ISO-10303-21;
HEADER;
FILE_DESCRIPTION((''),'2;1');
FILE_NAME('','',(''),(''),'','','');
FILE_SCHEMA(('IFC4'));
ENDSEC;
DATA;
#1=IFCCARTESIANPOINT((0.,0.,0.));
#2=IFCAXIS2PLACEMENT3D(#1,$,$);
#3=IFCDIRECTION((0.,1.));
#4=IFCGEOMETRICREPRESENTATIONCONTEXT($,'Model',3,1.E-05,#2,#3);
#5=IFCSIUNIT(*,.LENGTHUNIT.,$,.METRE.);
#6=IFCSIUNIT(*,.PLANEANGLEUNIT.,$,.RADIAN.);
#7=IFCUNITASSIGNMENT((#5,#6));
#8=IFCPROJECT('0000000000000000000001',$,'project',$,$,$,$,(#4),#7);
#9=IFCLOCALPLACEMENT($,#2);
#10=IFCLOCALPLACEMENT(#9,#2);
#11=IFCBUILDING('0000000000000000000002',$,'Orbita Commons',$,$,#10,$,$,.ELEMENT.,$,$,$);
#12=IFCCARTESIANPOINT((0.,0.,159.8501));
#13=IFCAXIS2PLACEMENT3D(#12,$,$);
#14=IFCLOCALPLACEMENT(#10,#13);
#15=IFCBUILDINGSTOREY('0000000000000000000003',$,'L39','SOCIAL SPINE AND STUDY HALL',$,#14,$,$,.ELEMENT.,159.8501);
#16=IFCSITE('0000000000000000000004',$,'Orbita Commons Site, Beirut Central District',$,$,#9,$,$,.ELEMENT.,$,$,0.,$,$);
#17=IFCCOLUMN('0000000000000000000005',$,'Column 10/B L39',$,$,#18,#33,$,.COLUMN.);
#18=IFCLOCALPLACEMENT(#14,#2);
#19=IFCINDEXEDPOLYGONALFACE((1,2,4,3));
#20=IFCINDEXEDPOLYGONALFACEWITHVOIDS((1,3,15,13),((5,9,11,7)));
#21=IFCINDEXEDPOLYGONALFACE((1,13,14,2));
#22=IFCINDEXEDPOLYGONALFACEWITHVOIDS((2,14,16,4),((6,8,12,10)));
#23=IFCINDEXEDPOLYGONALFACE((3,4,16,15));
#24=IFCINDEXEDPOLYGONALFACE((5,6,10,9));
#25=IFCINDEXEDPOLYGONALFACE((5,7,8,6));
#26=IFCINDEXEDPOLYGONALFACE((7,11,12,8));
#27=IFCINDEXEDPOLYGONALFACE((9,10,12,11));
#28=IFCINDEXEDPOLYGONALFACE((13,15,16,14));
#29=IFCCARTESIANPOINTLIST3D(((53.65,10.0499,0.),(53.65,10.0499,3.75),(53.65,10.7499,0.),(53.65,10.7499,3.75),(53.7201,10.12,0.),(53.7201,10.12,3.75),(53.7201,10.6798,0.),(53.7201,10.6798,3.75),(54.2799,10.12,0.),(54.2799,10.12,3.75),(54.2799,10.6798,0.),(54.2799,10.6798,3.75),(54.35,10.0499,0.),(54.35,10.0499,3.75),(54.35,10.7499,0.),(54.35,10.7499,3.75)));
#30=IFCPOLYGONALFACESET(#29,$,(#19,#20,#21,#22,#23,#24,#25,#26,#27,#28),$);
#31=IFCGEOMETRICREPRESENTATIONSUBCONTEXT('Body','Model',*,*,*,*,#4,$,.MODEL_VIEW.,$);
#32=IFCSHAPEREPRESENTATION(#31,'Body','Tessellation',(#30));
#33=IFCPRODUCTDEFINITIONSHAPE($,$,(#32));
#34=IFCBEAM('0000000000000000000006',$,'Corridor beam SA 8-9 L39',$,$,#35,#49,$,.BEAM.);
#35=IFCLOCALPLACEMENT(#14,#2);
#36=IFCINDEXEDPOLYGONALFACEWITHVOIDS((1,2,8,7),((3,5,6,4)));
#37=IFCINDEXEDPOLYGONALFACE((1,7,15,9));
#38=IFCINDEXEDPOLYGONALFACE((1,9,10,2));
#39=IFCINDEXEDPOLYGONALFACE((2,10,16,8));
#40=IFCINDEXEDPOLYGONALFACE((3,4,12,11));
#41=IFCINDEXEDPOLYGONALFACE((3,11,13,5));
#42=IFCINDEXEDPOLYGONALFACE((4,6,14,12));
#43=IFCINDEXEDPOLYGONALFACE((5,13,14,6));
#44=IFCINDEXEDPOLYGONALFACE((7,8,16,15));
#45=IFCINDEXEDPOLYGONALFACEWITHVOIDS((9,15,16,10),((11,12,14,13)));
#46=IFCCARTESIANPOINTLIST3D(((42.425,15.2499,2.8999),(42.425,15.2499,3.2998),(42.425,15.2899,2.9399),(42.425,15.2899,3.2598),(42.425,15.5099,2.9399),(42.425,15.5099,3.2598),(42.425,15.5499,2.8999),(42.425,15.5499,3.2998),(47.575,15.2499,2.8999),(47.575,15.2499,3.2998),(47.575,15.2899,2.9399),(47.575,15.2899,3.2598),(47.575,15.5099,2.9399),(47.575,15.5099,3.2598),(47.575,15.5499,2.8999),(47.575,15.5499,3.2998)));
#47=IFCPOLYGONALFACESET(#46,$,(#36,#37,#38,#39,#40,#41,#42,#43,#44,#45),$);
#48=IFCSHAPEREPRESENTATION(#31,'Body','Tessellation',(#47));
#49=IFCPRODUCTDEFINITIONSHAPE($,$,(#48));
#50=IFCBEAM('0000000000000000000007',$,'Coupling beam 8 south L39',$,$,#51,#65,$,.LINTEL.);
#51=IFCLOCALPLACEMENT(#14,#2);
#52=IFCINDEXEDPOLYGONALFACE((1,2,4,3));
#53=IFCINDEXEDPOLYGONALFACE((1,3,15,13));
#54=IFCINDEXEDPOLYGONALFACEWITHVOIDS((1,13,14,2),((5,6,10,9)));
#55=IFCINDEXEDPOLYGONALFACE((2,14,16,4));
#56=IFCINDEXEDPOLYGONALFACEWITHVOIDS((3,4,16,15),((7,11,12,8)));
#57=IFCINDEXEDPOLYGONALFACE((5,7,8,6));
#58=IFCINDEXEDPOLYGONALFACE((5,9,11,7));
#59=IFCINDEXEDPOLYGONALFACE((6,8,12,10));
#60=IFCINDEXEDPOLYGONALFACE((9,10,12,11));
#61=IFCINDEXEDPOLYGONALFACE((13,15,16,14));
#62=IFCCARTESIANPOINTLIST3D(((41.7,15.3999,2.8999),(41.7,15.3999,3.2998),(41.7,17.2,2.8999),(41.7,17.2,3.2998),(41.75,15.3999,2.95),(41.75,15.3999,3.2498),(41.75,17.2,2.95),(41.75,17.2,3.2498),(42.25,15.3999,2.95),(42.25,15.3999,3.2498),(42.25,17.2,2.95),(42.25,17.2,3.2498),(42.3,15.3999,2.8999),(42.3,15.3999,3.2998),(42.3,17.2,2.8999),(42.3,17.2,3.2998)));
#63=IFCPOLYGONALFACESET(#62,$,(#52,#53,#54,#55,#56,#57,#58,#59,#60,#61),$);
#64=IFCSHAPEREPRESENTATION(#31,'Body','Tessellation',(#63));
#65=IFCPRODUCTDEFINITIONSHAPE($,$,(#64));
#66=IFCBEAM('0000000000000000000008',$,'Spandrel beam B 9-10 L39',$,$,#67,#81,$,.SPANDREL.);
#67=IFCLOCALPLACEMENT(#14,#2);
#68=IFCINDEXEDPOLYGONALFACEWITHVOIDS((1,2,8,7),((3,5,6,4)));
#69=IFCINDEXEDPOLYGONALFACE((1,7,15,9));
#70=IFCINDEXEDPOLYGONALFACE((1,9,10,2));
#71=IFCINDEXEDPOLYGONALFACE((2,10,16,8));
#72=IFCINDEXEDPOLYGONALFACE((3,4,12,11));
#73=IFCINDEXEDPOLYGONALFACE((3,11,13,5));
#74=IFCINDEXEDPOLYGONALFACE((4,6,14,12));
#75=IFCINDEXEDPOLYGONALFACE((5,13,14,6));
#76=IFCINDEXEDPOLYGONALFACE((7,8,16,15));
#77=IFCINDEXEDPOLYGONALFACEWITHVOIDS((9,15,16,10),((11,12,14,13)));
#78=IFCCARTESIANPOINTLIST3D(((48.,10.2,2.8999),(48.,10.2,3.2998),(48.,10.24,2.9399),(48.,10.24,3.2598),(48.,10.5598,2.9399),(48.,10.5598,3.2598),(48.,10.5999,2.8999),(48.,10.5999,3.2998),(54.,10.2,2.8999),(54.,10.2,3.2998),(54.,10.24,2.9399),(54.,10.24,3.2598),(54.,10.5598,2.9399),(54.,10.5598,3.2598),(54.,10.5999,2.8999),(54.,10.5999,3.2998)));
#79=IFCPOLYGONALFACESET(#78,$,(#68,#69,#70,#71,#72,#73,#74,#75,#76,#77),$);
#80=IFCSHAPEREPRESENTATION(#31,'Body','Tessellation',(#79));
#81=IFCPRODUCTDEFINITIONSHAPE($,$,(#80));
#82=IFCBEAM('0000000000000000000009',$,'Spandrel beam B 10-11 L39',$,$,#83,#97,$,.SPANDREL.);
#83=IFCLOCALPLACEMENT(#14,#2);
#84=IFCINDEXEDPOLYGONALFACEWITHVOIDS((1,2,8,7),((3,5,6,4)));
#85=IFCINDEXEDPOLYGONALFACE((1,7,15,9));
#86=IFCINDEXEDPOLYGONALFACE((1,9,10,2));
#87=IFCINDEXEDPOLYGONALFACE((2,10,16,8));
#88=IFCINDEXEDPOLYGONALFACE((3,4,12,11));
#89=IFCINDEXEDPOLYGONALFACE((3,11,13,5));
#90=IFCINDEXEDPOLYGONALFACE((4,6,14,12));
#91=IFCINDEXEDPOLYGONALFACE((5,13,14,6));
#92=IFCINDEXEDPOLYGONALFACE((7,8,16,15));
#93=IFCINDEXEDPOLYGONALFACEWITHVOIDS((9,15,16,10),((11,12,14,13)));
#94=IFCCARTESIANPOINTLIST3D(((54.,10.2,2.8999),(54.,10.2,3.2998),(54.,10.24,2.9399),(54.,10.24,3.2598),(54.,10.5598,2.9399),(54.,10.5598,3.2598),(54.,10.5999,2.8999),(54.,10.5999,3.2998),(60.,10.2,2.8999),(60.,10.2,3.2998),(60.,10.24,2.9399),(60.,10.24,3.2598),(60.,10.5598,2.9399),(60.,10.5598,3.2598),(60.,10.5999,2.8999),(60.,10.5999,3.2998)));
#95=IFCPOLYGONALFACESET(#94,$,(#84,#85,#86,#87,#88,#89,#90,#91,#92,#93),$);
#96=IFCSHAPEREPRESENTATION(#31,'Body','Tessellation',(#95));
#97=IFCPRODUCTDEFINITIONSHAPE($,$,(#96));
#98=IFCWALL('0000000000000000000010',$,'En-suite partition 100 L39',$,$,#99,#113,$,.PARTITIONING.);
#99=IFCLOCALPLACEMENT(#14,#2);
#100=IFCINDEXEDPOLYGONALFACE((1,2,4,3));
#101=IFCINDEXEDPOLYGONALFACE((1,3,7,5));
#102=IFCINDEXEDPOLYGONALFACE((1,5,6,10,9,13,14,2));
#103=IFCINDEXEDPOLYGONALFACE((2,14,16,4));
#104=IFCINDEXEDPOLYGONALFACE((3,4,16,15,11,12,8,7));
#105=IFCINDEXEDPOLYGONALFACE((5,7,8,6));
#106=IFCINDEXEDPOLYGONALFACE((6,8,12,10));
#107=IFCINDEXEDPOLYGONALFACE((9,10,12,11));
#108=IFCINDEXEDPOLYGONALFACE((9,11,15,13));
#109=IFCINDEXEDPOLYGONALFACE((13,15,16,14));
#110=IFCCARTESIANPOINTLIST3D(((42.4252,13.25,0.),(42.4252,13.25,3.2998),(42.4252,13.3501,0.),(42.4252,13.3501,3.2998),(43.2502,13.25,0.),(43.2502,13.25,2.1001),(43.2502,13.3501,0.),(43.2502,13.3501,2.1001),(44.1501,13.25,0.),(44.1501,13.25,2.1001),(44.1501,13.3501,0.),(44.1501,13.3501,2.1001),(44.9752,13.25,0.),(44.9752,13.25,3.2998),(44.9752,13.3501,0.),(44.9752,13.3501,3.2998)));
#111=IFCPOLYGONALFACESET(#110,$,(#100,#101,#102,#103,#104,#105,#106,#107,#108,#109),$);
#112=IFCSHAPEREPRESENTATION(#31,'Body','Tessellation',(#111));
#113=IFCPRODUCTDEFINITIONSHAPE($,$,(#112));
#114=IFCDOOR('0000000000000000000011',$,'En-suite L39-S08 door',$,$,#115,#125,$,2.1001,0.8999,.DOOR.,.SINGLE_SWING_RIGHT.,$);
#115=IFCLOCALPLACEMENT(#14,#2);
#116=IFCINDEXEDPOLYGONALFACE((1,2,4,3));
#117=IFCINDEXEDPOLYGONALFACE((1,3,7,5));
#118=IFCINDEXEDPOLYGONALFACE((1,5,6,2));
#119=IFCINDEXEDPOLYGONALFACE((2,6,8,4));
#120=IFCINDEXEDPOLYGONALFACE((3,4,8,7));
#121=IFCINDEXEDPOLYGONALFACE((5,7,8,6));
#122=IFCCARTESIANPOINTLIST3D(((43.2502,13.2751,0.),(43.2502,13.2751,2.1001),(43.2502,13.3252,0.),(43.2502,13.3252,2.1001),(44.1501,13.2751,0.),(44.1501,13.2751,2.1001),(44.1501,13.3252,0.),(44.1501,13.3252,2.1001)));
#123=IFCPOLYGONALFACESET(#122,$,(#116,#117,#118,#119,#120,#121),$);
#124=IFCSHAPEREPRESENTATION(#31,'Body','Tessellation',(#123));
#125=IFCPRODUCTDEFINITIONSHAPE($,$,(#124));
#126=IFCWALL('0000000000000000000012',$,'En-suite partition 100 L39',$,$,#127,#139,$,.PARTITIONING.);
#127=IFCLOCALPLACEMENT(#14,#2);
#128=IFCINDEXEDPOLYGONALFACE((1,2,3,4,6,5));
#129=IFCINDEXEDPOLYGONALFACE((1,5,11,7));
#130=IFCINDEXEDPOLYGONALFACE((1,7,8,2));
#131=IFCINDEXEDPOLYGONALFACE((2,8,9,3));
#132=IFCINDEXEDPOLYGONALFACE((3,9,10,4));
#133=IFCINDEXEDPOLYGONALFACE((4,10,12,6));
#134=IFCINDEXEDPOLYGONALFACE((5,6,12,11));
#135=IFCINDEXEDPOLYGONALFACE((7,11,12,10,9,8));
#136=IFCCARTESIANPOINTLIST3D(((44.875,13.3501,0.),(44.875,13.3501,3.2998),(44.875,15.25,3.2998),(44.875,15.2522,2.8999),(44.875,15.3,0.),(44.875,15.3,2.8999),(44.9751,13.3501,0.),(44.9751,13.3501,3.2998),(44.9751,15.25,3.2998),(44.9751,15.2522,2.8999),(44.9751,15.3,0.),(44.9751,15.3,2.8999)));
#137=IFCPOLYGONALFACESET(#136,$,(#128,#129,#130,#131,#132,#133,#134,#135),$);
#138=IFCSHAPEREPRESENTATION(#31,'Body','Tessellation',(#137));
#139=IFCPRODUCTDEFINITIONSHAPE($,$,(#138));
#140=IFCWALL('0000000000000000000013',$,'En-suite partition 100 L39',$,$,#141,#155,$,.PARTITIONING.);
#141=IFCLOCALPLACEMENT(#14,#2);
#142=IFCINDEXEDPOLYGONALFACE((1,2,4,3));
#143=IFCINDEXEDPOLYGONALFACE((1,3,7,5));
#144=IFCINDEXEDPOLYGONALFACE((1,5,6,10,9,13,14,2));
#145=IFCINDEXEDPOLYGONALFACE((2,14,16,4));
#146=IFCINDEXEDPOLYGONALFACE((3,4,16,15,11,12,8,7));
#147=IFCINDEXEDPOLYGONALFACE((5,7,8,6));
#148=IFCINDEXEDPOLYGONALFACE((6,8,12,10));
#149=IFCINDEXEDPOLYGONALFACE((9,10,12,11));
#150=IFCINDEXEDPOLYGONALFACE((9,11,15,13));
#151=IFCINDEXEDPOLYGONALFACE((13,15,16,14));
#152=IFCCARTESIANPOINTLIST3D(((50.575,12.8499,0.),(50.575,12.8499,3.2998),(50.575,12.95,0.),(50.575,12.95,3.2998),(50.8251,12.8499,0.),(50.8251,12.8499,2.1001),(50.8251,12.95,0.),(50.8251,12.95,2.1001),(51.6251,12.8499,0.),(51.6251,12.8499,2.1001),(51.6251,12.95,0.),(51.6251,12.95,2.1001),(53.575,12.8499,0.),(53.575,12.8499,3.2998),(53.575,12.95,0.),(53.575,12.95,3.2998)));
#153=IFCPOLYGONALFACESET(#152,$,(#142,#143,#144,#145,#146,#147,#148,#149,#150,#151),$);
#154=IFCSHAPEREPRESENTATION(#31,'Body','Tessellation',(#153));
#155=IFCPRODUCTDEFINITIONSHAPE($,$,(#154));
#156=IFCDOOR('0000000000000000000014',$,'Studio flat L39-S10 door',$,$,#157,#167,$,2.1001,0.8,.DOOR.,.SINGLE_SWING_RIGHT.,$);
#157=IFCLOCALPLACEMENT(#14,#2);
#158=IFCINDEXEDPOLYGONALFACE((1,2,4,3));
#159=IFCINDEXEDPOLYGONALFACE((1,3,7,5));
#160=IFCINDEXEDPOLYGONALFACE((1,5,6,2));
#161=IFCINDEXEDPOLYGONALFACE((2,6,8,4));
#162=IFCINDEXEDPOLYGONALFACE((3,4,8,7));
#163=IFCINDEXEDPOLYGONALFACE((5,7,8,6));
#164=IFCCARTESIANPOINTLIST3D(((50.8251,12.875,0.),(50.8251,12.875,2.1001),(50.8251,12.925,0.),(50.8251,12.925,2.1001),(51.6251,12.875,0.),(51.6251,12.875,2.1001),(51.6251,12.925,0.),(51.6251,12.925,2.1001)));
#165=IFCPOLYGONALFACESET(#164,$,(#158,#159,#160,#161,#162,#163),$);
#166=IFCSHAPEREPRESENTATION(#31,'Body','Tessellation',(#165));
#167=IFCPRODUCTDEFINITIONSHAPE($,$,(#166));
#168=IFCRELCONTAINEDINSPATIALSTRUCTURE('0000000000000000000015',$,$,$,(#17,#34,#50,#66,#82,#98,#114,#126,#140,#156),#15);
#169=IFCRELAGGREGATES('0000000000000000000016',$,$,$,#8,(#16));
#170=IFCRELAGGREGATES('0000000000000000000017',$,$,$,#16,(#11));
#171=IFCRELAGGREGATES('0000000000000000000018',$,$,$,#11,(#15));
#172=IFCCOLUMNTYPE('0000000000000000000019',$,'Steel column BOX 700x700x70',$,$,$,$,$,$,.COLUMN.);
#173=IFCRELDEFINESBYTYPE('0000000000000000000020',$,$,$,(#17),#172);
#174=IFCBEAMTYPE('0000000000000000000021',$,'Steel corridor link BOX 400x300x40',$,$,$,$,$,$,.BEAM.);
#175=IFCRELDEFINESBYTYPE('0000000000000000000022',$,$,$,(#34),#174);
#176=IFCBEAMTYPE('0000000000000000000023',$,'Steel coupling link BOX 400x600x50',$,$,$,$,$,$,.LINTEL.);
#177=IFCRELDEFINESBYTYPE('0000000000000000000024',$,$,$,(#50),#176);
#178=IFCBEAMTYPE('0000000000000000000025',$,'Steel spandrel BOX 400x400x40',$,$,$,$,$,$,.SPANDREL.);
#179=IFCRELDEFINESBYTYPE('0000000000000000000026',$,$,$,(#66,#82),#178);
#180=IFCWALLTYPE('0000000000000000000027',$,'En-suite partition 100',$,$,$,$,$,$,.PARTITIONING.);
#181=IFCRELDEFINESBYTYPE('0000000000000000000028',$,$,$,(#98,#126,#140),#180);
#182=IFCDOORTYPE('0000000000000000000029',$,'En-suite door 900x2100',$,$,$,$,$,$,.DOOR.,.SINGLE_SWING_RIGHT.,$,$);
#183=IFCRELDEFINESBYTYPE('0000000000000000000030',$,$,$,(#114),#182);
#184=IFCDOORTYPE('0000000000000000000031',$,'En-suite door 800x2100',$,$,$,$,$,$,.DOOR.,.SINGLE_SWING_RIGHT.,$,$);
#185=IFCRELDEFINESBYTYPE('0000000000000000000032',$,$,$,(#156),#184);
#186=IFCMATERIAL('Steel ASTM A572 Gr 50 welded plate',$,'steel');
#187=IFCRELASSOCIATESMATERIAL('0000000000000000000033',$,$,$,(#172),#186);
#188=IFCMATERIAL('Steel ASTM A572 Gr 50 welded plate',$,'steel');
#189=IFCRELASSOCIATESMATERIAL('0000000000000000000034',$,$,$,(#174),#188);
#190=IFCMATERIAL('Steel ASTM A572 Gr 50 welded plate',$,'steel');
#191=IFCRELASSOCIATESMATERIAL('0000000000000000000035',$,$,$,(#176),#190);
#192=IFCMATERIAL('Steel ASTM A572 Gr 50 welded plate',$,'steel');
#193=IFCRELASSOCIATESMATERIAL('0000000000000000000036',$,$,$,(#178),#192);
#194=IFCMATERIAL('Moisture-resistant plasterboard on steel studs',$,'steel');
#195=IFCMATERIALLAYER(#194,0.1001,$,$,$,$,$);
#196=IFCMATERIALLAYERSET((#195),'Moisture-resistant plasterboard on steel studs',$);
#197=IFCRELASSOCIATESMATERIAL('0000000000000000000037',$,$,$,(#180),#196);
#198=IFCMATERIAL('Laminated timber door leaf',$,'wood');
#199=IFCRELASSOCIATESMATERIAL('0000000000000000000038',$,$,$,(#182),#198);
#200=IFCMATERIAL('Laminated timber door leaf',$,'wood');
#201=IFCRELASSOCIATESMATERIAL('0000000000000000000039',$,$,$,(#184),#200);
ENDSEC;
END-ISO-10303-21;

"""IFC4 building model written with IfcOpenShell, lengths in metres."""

from ifc_helpers import new_model, si_unit, direction, frame, frame_2d, origin, origin_2d, place, context, subcontext, project, spatial, polyline, rectangle, hollow_rectangle, outline, extrude, material, layer, layer_set, material_profile, profile_set, type_object, element, fill, save


model = new_model("IFC4")

# Units and contexts
model_context = context("Model", 3, precision=1e-05, world=origin(), true_north=direction((0.0, 1.0)))
body_context = subcontext(model_context, "Body", "Model", "MODEL_VIEW")
ifc_project = project(units=[si_unit("LENGTHUNIT", "METRE"), si_unit("PLANEANGLEUNIT", "RADIAN")], contexts=[model_context])

# Site, building, storey
site_placement = place(None, origin())
site = spatial("IfcSite", under=ifc_project, at=site_placement, Name="Orbita Commons Site, Beirut Central District", CompositionType="ELEMENT", RefElevation=0.0)
building_placement = place(site_placement, origin())
building = spatial("IfcBuilding", under=site, at=building_placement, Name="Orbita Commons", CompositionType="ELEMENT")
storey_placement = place(building_placement, frame((0.0, 0.0, 159.8501)))
storey = spatial("IfcBuildingStorey", under=building, at=storey_placement, Name="L39", Description="SOCIAL SPINE AND STUDY HALL", CompositionType="ELEMENT", Elevation=159.8501)

# Column
ifc_material_1 = material(Name="Steel ASTM A572 Gr 50 welded plate", Category="steel")
ifc_material_profile_1 = material_profile(ifc_material_1, hollow_rectangle(XDim=0.7, YDim=0.7, WallThickness=0.0701, at=origin_2d()), Name="BOX 700x700x70")
ifc_profile_set_1 = profile_set([ifc_material_profile_1], Name="Steel ASTM A572 Gr 50 welded plate")
column_type = type_object("IfcColumnType", Name="Steel column BOX 700x700x70", PredefinedType="COLUMN", material=ifc_profile_set_1)
column_placement = place(storey_placement, frame((54.0, 10.3999, 0.0), z_axis=(0.0, 0.0, 1.0), x_axis=(1.0, 0.0, 0.0)))
element("IfcColumn", 1, at=column_placement, inside=storey, type_object=column_type, Name="Column 10/B L39", PredefinedType="COLUMN", context=body_context, shape_type="SweptSolid", body=[
    extrude(hollow_rectangle(XDim=0.7, YDim=0.7, WallThickness=0.0701, at=origin_2d()), origin(), (0.0, 0.0, 1.0), 3.75),
])

# Beams
ifc_material_2 = material(Name="Steel ASTM A572 Gr 50 welded plate", Category="steel")
ifc_material_profile_2 = material_profile(ifc_material_2, hollow_rectangle(XDim=0.3, YDim=0.3999, WallThickness=0.04, at=origin_2d()), Name="BOX 400x300x40")
ifc_profile_set_2 = profile_set([ifc_material_profile_2], Name="Steel ASTM A572 Gr 50 welded plate")
beam_type_1 = type_object("IfcBeamType", Name="Steel corridor link BOX 400x300x40", PredefinedType="BEAM", material=ifc_profile_set_2)
beam_1_placement = place(storey_placement, frame((42.425, 15.3999, 3.0999), z_axis=(1.0, 0.0, 0.0), x_axis=(0.0, 1.0, 0.0)))
element("IfcBeam", 2, at=beam_1_placement, inside=storey, type_object=beam_type_1, Name="Corridor beam SA 8-9 L39", PredefinedType="BEAM", context=body_context, shape_type="SweptSolid", body=[
    extrude(hollow_rectangle(XDim=0.3, YDim=0.3999, WallThickness=0.04, at=origin_2d()), origin(), (0.0, 0.0, 1.0), 5.1499),
])
ifc_material_3 = material(Name="Steel ASTM A572 Gr 50 welded plate", Category="steel")
ifc_material_profile_3 = material_profile(ifc_material_3, hollow_rectangle(XDim=0.6001, YDim=0.3999, WallThickness=0.05, at=origin_2d()), Name="BOX 400x600x50")
ifc_profile_set_3 = profile_set([ifc_material_profile_3], Name="Steel ASTM A572 Gr 50 welded plate")
beam_type_2 = type_object("IfcBeamType", Name="Steel coupling link BOX 400x600x50", PredefinedType="LINTEL", material=ifc_profile_set_3)
beam_2_placement = place(storey_placement, frame((42.0, 15.3999, 3.0999), z_axis=(0.0, 1.0, 0.0), x_axis=(-1.0, 0.0, 0.0)))
element("IfcBeam", 3, at=beam_2_placement, inside=storey, type_object=beam_type_2, Name="Coupling beam 8 south L39", PredefinedType="LINTEL", context=body_context, shape_type="SweptSolid", body=[
    extrude(hollow_rectangle(XDim=0.6001, YDim=0.3999, WallThickness=0.05, at=origin_2d()), origin(), (0.0, 0.0, 1.0), 1.8),
])
ifc_material_4 = material(Name="Steel ASTM A572 Gr 50 welded plate", Category="steel")
ifc_material_profile_4 = material_profile(ifc_material_4, hollow_rectangle(XDim=0.3999, YDim=0.3999, WallThickness=0.04, at=origin_2d()), Name="BOX 400x400x40")
ifc_profile_set_4 = profile_set([ifc_material_profile_4], Name="Steel ASTM A572 Gr 50 welded plate")
beam_type_3 = type_object("IfcBeamType", Name="Steel spandrel BOX 400x400x40", PredefinedType="SPANDREL", material=ifc_profile_set_4)
for number, where, z_axis, x_axis, name in (
    (4, (48.0, 10.3999, 3.0999), (1.0, 0.0, 0.0), (0.0, 1.0, 0.0), "Spandrel beam B 9-10 L39"),
    (5, (54.0, 10.3999, 3.0999), (1.0, 0.0, 0.0), (0.0, 1.0, 0.0), "Spandrel beam B 10-11 L39"),
):
    element("IfcBeam", number, at=place(storey_placement, frame(where, z_axis=z_axis, x_axis=x_axis)), inside=storey, type_object=beam_type_3, Name=name, PredefinedType="SPANDREL", context=body_context, shape_type="SweptSolid", body=[
        extrude(hollow_rectangle(XDim=0.3999, YDim=0.3999, WallThickness=0.04, at=origin_2d()), origin(), (0.0, 0.0, 1.0), 6.0),
    ])

# Wall, opening, door
ifc_material_5 = material(Name="Moisture-resistant plasterboard on steel studs", Category="steel")
ifc_layer = layer(ifc_material_5, 0.1001)
ifc_layer_set = layer_set([ifc_layer], Name="Moisture-resistant plasterboard on steel studs")
wall_type = type_object("IfcWallType", Name="En-suite partition 100", PredefinedType="PARTITIONING", material=ifc_layer_set)
wall_1_placement = place(storey_placement, frame((44.9751, 13.3, 0.0), z_axis=(0.0, 0.0, 1.0), x_axis=(-1.0, 0.0, 0.0)))
wall_1 = element("IfcWall", 6, at=wall_1_placement, inside=storey, type_object=wall_type, Name="En-suite partition 100 L39", PredefinedType="PARTITIONING", context=body_context, shape_type="SweptSolid", body=[
    extrude(rectangle(XDim=2.55, YDim=0.1001, at=frame_2d((1.2749, 0.0))), origin(), (0.0, 0.0, 1.0), 3.2998),
])
opening_1_placement = place(wall_1_placement, frame((0.825, 0.0, 0.0)))
opening_1 = element("IfcOpeningElement", 7, at=opening_1_placement, cuts=wall_1, PredefinedType="OPENING", context=body_context, shape_type="SweptSolid", body=[
    extrude(rectangle(XDim=0.8999, YDim=2.1001, at=frame_2d((0.45, 1.05))), frame((0.0, 0.0601, 0.0), z_axis=(0.0, -1.0, 0.0), x_axis=(1.0, 0.0, 0.0)), (0.0, 0.0, 1.0), 0.1201),
])
ifc_material_6 = material(Name="Laminated timber door leaf", Category="wood")
door_type_1 = type_object("IfcDoorType", Name="En-suite door 900x2100", OperationType="SINGLE_SWING_RIGHT", PredefinedType="DOOR", material=ifc_material_6)
door_1_placement = place(opening_1_placement, origin())
door_1 = element("IfcDoor", 8, at=door_1_placement, inside=storey, type_object=door_type_1, Name="En-suite L39-S08 door", OperationType="SINGLE_SWING_RIGHT", OverallHeight=2.1001, OverallWidth=0.8999, PredefinedType="DOOR", context=body_context, shape_type="SweptSolid", body=[
    extrude(rectangle(XDim=0.8999, YDim=2.1001, at=frame_2d((0.45, 1.05))), frame((0.0, 0.0249, 0.0), z_axis=(0.0, -1.0, 0.0), x_axis=(1.0, 0.0, 0.0)), (0.0, 0.0, 1.0), 0.05),
])
fill(opening_1, door_1)

# Wall
wall_2_placement = place(storey_placement, frame((44.925, 13.3501, 0.0), z_axis=(0.0, 0.0, 1.0), x_axis=(0.0, 1.0, 0.0)))
element("IfcWall", 9, at=wall_2_placement, inside=storey, type_object=wall_type, Name="En-suite partition 100 L39", PredefinedType="PARTITIONING", context=body_context, shape_type="SweptSolid", body=[
    extrude(outline(polyline([(0.0, 0.0), (1.95, 0.0), (1.95, 2.8999), (1.9021, 2.8999), (1.8999, 3.2998), (0.0, 3.2998), (0.0, 0.0)])), frame((0.0, 0.05, 0.0), z_axis=(0.0, -1.0, 0.0), x_axis=(1.0, 0.0, 0.0)), (0.0, 0.0, 1.0), 0.1001),
])

# Wall, opening, door
wall_3_placement = place(storey_placement, frame((53.575, 12.8999, 0.0), z_axis=(0.0, 0.0, 1.0), x_axis=(-1.0, 0.0, 0.0)))
wall_3 = element("IfcWall", 10, at=wall_3_placement, inside=storey, type_object=wall_type, Name="En-suite partition 100 L39", PredefinedType="PARTITIONING", context=body_context, shape_type="SweptSolid", body=[
    extrude(rectangle(XDim=3.0, YDim=0.1001, at=frame_2d((1.5, 0.0))), origin(), (0.0, 0.0, 1.0), 3.2998),
])
opening_2_placement = place(wall_3_placement, frame((1.95, 0.0, 0.0)))
opening_2 = element("IfcOpeningElement", 11, at=opening_2_placement, cuts=wall_3, PredefinedType="OPENING", context=body_context, shape_type="SweptSolid", body=[
    extrude(rectangle(XDim=0.8, YDim=2.1001, at=frame_2d((0.3999, 1.05))), frame((0.0, 0.0601, 0.0), z_axis=(0.0, -1.0, 0.0), x_axis=(1.0, 0.0, 0.0)), (0.0, 0.0, 1.0), 0.1201),
])
ifc_material_7 = material(Name="Laminated timber door leaf", Category="wood")
door_type_2 = type_object("IfcDoorType", Name="En-suite door 800x2100", OperationType="SINGLE_SWING_RIGHT", PredefinedType="DOOR", material=ifc_material_7)
door_2_placement = place(opening_2_placement, origin())
door_2 = element("IfcDoor", 12, at=door_2_placement, inside=storey, type_object=door_type_2, Name="Studio flat L39-S10 door", OperationType="SINGLE_SWING_RIGHT", OverallHeight=2.1001, OverallWidth=0.8, PredefinedType="DOOR", context=body_context, shape_type="SweptSolid", body=[
    extrude(rectangle(XDim=0.8, YDim=2.1001, at=frame_2d((0.3999, 1.05))), frame((0.0, 0.0249, 0.0), z_axis=(0.0, -1.0, 0.0), x_axis=(1.0, 0.0, 0.0)), (0.0, 0.0, 1.0), 0.05),
])
fill(opening_2, door_2)

save(model, "model.ifc")
